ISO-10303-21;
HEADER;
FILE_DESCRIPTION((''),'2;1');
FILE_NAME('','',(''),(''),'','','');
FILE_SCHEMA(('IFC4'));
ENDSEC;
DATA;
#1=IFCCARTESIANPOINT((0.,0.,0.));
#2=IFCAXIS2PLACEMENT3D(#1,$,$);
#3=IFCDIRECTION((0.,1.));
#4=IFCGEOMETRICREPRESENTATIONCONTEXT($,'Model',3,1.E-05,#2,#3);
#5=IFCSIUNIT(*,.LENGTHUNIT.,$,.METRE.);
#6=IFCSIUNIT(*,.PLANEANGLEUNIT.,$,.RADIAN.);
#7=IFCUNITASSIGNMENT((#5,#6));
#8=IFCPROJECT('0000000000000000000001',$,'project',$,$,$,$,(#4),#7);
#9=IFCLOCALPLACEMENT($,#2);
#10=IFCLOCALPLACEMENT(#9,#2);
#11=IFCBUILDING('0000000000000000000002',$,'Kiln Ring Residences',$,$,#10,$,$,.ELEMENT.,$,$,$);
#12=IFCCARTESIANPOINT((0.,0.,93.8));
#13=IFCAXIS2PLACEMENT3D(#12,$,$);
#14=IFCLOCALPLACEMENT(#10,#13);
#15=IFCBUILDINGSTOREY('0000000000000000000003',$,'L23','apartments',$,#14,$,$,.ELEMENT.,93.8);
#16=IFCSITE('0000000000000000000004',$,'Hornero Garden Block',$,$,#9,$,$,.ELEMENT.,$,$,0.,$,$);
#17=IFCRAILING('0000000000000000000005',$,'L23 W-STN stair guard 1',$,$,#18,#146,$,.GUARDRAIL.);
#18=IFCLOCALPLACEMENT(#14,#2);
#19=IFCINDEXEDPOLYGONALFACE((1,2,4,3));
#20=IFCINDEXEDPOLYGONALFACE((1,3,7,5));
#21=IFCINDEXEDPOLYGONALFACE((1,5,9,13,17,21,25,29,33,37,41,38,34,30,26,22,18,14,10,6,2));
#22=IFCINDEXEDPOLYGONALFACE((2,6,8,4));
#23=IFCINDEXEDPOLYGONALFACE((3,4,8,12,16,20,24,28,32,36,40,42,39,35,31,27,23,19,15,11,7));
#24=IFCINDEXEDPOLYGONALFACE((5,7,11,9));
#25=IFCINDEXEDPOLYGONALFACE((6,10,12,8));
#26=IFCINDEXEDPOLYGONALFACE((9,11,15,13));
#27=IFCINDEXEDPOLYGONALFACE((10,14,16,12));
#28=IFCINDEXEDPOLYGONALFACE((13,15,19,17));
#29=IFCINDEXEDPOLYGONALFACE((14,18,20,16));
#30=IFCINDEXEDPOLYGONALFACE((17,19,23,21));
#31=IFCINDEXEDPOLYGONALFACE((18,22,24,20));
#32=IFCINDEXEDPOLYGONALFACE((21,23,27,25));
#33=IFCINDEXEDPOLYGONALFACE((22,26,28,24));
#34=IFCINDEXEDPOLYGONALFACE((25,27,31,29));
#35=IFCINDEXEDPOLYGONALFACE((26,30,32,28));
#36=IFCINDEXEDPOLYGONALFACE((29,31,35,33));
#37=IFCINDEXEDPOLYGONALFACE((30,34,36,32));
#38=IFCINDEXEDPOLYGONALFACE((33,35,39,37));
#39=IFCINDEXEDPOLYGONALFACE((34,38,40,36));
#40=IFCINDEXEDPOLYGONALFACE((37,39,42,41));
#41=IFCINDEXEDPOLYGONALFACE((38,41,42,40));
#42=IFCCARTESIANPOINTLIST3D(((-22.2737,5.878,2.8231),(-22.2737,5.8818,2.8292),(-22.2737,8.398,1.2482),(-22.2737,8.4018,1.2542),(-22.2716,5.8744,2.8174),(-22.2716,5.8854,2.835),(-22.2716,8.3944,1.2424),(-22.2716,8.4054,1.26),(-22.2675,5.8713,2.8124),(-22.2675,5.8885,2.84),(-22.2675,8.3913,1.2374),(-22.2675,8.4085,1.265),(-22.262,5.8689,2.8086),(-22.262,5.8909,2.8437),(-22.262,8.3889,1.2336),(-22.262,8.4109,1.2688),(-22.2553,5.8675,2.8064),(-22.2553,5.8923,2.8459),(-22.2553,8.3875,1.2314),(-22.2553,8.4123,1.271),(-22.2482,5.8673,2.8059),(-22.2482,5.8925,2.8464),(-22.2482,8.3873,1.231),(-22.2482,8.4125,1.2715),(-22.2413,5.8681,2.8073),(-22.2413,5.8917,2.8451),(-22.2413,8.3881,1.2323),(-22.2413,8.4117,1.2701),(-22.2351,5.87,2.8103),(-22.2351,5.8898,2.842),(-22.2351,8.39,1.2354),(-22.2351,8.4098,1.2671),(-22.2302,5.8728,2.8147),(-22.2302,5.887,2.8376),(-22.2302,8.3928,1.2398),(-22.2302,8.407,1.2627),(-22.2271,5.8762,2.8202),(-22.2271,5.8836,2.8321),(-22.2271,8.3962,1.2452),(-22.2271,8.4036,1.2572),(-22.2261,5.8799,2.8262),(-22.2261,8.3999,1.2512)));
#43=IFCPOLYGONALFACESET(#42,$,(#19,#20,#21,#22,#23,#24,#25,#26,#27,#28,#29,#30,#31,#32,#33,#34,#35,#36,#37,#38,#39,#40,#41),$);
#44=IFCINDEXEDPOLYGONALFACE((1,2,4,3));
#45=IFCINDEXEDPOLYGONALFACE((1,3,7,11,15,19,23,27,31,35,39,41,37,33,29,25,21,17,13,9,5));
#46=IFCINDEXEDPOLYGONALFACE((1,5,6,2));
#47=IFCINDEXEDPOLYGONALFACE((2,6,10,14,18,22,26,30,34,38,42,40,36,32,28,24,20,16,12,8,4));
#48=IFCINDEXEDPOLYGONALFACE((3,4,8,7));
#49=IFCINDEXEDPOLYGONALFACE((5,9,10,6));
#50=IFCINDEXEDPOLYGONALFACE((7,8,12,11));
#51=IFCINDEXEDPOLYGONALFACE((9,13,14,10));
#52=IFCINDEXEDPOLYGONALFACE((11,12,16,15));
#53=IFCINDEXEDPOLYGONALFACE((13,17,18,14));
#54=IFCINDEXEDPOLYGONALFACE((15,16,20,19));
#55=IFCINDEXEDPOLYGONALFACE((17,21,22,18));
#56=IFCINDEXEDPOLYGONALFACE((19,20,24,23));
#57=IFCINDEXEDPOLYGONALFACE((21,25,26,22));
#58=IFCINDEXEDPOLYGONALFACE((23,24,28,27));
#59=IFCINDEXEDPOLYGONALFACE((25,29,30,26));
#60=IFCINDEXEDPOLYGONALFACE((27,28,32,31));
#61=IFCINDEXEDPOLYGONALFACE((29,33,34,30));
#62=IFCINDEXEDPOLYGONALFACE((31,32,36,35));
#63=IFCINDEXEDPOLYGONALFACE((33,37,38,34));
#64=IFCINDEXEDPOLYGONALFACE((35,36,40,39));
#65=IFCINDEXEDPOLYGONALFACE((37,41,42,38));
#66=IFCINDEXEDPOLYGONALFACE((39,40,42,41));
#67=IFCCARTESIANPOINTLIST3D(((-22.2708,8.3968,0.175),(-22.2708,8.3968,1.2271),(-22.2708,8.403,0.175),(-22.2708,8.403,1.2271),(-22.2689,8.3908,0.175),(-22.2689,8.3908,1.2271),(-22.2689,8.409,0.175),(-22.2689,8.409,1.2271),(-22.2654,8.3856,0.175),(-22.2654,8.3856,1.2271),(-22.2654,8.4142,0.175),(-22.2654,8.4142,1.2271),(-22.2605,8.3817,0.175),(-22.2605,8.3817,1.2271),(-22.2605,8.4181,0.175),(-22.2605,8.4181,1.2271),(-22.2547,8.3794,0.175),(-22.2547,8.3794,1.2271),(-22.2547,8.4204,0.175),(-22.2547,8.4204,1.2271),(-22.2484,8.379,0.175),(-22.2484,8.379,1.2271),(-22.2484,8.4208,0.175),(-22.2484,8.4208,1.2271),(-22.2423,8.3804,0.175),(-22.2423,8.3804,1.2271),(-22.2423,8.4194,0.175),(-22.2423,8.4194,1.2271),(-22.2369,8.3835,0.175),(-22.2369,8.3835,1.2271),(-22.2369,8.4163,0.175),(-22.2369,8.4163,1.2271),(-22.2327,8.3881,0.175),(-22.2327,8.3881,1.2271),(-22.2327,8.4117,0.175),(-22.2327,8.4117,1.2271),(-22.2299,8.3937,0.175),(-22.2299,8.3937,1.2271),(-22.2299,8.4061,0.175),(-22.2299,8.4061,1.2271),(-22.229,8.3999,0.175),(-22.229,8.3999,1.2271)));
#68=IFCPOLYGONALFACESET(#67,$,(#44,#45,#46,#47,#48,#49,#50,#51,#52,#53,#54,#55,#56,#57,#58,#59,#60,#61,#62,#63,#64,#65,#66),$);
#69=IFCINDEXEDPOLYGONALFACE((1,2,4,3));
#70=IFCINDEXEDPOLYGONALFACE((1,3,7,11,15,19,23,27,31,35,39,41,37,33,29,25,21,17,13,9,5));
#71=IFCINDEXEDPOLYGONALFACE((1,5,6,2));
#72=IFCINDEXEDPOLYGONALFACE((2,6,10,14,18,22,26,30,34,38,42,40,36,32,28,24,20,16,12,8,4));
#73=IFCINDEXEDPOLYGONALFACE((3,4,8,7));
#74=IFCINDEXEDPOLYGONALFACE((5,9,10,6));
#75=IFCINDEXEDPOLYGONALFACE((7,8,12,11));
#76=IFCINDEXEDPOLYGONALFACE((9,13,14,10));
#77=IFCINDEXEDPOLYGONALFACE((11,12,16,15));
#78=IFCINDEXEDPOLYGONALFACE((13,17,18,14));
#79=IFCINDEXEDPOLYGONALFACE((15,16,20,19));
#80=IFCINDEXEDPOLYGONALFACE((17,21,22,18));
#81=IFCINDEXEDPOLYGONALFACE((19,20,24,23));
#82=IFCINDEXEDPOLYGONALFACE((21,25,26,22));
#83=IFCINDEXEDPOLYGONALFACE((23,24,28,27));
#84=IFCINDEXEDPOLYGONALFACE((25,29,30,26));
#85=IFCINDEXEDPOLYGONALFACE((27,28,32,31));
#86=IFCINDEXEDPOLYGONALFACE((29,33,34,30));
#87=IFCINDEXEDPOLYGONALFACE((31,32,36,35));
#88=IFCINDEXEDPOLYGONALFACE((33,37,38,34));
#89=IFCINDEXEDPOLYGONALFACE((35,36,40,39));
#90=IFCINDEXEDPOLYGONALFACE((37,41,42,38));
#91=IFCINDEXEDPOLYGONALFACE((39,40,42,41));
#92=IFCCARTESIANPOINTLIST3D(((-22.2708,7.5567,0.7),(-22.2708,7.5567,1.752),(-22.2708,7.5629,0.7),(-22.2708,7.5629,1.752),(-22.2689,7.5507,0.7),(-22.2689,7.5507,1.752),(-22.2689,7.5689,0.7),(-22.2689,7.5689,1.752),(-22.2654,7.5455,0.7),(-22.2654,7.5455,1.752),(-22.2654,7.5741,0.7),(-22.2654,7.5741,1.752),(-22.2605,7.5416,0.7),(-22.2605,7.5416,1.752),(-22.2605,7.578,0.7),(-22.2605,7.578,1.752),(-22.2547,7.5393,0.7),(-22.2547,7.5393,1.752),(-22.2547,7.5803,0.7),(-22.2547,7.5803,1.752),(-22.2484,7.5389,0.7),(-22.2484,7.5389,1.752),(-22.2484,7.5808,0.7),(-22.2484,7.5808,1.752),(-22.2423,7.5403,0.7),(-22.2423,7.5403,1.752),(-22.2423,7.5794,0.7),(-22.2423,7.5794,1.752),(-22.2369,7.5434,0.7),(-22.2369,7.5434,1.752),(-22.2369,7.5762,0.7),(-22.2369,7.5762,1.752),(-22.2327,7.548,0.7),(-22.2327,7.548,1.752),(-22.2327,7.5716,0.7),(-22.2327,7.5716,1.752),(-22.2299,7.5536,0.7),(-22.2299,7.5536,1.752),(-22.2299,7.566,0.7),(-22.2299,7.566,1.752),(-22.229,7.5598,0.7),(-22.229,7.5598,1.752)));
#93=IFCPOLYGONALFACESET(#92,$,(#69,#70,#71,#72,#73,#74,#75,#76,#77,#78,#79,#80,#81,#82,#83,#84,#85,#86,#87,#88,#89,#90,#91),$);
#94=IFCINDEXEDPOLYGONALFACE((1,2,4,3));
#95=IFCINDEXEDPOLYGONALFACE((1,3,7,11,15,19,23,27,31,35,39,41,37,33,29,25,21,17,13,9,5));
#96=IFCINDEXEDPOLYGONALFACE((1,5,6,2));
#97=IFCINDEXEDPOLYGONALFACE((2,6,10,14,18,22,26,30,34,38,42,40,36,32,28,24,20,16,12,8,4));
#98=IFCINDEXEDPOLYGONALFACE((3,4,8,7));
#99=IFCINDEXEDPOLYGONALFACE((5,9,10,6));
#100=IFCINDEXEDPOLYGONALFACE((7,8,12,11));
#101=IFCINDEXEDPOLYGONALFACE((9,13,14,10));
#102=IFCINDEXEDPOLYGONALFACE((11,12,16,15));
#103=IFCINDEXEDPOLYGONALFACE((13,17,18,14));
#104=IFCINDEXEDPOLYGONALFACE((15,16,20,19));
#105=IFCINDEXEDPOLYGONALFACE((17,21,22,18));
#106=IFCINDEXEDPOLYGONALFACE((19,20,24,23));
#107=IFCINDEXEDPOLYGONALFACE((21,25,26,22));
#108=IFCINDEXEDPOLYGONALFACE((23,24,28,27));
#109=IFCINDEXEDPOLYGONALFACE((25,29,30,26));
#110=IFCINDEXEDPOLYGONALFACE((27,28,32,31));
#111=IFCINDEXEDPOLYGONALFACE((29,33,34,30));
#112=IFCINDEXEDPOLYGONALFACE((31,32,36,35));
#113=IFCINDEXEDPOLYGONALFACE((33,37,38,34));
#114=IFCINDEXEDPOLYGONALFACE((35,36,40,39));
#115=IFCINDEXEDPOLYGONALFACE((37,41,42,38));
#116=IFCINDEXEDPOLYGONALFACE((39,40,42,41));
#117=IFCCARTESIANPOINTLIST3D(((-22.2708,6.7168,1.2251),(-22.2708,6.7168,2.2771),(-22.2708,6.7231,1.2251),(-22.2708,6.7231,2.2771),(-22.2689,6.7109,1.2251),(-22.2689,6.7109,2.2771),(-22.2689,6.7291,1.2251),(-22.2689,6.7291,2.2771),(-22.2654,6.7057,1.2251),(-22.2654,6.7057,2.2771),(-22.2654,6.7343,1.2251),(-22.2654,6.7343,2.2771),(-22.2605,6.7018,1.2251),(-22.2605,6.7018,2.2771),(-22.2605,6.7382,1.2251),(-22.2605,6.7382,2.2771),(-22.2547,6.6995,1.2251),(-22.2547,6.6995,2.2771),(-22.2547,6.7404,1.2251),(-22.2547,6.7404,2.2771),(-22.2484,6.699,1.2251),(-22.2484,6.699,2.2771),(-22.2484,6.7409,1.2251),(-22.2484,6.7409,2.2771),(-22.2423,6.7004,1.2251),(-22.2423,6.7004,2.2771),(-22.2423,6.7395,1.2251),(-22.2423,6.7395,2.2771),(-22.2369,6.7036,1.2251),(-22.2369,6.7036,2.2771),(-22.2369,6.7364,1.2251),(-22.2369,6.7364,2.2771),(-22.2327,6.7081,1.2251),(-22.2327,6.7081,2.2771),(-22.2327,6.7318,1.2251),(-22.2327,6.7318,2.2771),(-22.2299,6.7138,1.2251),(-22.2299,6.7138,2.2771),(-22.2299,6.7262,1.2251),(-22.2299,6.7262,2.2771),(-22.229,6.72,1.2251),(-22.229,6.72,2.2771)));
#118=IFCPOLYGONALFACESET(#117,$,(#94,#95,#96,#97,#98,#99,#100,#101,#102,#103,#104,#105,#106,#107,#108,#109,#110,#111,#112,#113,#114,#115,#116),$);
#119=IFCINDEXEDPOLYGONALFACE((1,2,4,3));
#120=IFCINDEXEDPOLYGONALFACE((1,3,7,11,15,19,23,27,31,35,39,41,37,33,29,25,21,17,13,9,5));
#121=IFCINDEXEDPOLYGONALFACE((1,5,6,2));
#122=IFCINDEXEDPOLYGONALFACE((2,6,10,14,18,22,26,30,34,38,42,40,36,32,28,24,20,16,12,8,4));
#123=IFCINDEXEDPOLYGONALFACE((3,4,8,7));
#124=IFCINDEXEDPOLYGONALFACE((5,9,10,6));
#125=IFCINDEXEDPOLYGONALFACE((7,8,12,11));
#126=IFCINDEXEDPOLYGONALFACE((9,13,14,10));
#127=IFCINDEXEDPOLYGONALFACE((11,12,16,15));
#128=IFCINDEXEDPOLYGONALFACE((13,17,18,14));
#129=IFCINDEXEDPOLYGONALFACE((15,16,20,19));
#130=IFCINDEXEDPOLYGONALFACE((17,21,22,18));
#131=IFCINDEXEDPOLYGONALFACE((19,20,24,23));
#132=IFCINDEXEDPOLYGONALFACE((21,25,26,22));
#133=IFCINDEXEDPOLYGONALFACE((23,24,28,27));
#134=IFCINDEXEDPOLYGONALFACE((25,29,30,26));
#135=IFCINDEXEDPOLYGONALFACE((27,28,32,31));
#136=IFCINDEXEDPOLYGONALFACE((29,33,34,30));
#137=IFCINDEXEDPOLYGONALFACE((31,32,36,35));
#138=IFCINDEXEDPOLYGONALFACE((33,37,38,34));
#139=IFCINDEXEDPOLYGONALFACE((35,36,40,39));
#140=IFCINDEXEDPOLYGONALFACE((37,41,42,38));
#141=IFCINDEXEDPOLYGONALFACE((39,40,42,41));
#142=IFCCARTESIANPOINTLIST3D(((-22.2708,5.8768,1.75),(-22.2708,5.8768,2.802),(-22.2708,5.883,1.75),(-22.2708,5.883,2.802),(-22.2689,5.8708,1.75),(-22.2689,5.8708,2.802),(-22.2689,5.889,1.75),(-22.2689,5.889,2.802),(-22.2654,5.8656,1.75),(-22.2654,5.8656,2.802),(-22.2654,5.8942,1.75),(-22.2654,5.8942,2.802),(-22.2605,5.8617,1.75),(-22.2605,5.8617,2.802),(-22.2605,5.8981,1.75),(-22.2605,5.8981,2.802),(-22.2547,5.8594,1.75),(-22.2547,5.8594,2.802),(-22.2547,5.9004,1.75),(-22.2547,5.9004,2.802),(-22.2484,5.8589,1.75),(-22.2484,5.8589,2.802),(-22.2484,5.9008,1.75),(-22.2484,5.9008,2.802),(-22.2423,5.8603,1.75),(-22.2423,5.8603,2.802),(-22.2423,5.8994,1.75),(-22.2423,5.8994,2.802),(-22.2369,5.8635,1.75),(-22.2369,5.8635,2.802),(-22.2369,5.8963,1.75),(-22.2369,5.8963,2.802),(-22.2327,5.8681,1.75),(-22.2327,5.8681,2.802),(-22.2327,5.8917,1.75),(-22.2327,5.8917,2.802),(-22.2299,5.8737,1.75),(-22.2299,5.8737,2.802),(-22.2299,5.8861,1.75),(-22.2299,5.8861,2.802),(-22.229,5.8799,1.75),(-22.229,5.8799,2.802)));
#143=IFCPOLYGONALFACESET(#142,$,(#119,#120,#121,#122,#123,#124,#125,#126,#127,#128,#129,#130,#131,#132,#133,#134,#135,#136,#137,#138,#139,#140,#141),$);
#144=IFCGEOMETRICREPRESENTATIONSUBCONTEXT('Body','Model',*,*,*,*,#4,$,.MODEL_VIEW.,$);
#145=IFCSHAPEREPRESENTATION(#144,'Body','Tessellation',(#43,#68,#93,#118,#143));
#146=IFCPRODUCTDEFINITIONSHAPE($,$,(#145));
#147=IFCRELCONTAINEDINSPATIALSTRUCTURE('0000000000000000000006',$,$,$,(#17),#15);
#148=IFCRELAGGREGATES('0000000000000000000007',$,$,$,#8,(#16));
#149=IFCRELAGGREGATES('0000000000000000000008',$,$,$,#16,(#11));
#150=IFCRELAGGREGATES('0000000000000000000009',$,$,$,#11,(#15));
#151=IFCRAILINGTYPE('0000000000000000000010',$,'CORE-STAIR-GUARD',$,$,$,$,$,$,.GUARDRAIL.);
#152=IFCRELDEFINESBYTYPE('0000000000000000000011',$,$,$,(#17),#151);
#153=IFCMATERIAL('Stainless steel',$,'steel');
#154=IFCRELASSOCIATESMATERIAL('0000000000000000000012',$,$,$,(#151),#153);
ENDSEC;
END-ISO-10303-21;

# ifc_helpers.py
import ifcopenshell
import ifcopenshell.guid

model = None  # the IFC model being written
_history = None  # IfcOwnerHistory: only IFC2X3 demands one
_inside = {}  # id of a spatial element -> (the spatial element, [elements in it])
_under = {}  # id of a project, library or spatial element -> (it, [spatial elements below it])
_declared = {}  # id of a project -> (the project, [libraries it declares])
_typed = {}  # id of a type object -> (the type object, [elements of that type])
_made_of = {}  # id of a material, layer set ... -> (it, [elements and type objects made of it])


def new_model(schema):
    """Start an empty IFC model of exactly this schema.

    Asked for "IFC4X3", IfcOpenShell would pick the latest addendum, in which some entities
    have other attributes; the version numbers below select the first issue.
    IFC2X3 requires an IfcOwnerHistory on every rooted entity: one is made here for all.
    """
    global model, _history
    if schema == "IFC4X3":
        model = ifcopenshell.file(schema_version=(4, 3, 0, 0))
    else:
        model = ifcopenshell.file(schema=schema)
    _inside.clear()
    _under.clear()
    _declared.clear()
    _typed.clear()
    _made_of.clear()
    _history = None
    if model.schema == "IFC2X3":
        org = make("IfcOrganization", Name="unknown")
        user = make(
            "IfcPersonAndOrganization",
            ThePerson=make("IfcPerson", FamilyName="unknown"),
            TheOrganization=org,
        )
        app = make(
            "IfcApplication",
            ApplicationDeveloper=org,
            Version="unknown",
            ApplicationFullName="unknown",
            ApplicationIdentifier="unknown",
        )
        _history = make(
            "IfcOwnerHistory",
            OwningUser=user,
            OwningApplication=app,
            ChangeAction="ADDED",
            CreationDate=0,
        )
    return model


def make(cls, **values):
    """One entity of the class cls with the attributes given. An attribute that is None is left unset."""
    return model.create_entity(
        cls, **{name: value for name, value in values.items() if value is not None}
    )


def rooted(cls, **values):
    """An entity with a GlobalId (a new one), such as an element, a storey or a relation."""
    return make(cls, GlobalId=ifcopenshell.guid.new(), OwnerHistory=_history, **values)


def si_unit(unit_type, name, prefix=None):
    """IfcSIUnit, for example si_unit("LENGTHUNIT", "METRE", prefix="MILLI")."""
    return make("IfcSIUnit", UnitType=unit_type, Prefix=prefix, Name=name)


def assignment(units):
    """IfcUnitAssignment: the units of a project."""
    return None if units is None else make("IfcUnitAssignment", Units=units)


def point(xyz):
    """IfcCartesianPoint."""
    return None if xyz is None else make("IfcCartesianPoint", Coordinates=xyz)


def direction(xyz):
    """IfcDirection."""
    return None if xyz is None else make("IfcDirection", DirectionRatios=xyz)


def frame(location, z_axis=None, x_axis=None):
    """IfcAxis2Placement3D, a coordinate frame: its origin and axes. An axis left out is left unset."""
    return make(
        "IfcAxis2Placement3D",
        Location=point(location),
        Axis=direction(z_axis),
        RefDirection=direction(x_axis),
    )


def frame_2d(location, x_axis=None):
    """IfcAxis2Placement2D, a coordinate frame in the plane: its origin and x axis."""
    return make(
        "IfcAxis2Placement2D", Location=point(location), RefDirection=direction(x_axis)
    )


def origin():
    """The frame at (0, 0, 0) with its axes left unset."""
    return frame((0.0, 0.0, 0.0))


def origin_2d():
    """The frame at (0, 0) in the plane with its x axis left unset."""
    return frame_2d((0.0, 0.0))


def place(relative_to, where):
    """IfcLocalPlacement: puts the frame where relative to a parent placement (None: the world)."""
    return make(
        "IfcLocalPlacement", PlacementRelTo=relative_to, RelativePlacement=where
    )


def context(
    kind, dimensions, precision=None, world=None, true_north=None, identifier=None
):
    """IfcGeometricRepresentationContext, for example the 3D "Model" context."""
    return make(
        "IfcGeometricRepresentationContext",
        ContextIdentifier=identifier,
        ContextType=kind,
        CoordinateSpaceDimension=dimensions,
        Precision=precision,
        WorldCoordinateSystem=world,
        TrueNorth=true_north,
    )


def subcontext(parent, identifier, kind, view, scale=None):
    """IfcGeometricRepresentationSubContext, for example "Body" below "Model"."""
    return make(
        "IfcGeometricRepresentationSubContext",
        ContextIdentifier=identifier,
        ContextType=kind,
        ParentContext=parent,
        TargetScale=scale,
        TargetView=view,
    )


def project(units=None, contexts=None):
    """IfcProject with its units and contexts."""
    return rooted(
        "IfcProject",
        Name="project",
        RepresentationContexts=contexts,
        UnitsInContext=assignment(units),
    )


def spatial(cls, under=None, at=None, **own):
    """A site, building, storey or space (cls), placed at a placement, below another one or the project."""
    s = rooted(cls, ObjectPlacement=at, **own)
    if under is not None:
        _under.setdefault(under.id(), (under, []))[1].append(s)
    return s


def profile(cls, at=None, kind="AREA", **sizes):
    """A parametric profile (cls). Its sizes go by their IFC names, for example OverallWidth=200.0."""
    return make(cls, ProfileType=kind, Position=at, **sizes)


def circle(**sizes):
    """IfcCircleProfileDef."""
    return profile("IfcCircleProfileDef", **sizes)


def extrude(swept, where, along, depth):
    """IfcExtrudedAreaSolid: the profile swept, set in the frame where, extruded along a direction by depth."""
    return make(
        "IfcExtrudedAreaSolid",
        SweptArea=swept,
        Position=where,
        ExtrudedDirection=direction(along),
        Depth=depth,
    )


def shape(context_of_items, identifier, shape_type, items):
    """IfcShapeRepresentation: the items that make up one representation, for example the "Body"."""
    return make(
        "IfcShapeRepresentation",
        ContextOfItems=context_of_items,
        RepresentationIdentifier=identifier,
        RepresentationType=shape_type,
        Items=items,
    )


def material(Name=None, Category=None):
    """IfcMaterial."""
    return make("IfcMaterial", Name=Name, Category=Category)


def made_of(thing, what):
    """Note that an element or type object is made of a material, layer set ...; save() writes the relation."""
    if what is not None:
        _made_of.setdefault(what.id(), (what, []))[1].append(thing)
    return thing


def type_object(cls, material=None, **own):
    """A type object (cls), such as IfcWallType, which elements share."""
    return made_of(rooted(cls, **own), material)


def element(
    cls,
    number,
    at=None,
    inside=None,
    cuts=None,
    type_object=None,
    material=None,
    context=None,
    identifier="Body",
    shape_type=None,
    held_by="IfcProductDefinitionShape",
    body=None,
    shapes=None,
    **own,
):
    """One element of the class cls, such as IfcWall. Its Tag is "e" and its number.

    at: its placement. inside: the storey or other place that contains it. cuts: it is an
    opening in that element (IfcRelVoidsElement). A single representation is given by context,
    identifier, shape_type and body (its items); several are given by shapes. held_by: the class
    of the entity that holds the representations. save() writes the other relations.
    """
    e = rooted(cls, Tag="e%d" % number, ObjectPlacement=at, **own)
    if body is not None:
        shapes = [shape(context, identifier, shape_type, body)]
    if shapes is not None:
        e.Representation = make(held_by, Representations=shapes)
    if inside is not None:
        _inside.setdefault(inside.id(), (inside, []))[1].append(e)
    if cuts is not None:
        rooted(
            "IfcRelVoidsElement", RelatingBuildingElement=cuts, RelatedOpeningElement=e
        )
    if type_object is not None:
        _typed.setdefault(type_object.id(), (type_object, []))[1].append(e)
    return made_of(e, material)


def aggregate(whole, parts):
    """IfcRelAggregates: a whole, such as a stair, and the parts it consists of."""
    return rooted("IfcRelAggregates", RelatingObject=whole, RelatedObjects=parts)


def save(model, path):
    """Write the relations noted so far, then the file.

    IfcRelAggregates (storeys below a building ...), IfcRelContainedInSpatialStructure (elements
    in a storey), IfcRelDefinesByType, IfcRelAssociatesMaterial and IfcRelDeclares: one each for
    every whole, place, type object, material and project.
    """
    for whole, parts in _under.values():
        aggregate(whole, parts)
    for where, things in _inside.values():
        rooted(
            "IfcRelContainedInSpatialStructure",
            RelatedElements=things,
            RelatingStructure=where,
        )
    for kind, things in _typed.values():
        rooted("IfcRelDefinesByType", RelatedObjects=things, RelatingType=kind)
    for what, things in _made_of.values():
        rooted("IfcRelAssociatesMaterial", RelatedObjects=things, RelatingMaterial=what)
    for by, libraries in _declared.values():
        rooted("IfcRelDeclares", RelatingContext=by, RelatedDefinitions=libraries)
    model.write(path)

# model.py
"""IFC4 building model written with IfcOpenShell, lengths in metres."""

from ifc_helpers import new_model, si_unit, direction, frame, origin, origin_2d, place, context, subcontext, project, spatial, circle, extrude, material, type_object, element, save


model = new_model("IFC4")

# Units and contexts
model_context = context("Model", 3, precision=1e-05, world=origin(), true_north=direction((0.0, 1.0)))
body_context = subcontext(model_context, "Body", "Model", "MODEL_VIEW")
ifc_project = project(units=[si_unit("LENGTHUNIT", "METRE"), si_unit("PLANEANGLEUNIT", "RADIAN")], contexts=[model_context])

# Site, building, storey
site_placement = place(None, origin())
site = spatial("IfcSite", under=ifc_project, at=site_placement, Name="Hornero Garden Block", CompositionType="ELEMENT", RefElevation=0.0)
building_placement = place(site_placement, origin())
building = spatial("IfcBuilding", under=site, at=building_placement, Name="Kiln Ring Residences", CompositionType="ELEMENT")
storey_placement = place(building_placement, frame((0.0, 0.0, 93.8)))
storey = spatial("IfcBuildingStorey", under=building, at=storey_placement, Name="L23", Description="apartments", CompositionType="ELEMENT", Elevation=93.8)

# Railing
ifc_material_1 = material(Name="Stainless steel", Category="steel")
railing_type_1 = type_object("IfcRailingType", Name="CORE-STAIR-GUARD", PredefinedType="GUARDRAIL", material=ifc_material_1)
railing_1_placement = place(storey_placement, frame((-22.25, 8.3999, 0.175)))
element("IfcRailing", 1, at=railing_1_placement, inside=storey, type_object=railing_type_1, Name="L23 W-STN stair guard 1", PredefinedType="GUARDRAIL", context=body_context, shape_type="SweptSolid", body=[
    extrude(circle(Radius=0.0239, at=origin_2d()), frame((0.0, 0.0, 1.0762), z_axis=(0.0, -0.848008, 0.529984), x_axis=(1.0, 0.0, 0.0)), (0.0, 0.0, 1.0), 2.9717),
    extrude(circle(Radius=0.021, at=origin_2d()), origin(), (0.0, 0.0, 1.0), 1.052),
    extrude(circle(Radius=0.021, at=origin_2d()), frame((0.0, -0.8401, 0.5249)), (0.0, 0.0, 1.0), 1.052),
    extrude(circle(Radius=0.021, at=origin_2d()), frame((0.0, -1.6799, 1.05)), (0.0, 0.0, 1.0), 1.052),
    extrude(circle(Radius=0.021, at=origin_2d()), frame((0.0, -2.52, 1.575)), (0.0, 0.0, 1.0), 1.052),
])

save(model, "model.ifc")
